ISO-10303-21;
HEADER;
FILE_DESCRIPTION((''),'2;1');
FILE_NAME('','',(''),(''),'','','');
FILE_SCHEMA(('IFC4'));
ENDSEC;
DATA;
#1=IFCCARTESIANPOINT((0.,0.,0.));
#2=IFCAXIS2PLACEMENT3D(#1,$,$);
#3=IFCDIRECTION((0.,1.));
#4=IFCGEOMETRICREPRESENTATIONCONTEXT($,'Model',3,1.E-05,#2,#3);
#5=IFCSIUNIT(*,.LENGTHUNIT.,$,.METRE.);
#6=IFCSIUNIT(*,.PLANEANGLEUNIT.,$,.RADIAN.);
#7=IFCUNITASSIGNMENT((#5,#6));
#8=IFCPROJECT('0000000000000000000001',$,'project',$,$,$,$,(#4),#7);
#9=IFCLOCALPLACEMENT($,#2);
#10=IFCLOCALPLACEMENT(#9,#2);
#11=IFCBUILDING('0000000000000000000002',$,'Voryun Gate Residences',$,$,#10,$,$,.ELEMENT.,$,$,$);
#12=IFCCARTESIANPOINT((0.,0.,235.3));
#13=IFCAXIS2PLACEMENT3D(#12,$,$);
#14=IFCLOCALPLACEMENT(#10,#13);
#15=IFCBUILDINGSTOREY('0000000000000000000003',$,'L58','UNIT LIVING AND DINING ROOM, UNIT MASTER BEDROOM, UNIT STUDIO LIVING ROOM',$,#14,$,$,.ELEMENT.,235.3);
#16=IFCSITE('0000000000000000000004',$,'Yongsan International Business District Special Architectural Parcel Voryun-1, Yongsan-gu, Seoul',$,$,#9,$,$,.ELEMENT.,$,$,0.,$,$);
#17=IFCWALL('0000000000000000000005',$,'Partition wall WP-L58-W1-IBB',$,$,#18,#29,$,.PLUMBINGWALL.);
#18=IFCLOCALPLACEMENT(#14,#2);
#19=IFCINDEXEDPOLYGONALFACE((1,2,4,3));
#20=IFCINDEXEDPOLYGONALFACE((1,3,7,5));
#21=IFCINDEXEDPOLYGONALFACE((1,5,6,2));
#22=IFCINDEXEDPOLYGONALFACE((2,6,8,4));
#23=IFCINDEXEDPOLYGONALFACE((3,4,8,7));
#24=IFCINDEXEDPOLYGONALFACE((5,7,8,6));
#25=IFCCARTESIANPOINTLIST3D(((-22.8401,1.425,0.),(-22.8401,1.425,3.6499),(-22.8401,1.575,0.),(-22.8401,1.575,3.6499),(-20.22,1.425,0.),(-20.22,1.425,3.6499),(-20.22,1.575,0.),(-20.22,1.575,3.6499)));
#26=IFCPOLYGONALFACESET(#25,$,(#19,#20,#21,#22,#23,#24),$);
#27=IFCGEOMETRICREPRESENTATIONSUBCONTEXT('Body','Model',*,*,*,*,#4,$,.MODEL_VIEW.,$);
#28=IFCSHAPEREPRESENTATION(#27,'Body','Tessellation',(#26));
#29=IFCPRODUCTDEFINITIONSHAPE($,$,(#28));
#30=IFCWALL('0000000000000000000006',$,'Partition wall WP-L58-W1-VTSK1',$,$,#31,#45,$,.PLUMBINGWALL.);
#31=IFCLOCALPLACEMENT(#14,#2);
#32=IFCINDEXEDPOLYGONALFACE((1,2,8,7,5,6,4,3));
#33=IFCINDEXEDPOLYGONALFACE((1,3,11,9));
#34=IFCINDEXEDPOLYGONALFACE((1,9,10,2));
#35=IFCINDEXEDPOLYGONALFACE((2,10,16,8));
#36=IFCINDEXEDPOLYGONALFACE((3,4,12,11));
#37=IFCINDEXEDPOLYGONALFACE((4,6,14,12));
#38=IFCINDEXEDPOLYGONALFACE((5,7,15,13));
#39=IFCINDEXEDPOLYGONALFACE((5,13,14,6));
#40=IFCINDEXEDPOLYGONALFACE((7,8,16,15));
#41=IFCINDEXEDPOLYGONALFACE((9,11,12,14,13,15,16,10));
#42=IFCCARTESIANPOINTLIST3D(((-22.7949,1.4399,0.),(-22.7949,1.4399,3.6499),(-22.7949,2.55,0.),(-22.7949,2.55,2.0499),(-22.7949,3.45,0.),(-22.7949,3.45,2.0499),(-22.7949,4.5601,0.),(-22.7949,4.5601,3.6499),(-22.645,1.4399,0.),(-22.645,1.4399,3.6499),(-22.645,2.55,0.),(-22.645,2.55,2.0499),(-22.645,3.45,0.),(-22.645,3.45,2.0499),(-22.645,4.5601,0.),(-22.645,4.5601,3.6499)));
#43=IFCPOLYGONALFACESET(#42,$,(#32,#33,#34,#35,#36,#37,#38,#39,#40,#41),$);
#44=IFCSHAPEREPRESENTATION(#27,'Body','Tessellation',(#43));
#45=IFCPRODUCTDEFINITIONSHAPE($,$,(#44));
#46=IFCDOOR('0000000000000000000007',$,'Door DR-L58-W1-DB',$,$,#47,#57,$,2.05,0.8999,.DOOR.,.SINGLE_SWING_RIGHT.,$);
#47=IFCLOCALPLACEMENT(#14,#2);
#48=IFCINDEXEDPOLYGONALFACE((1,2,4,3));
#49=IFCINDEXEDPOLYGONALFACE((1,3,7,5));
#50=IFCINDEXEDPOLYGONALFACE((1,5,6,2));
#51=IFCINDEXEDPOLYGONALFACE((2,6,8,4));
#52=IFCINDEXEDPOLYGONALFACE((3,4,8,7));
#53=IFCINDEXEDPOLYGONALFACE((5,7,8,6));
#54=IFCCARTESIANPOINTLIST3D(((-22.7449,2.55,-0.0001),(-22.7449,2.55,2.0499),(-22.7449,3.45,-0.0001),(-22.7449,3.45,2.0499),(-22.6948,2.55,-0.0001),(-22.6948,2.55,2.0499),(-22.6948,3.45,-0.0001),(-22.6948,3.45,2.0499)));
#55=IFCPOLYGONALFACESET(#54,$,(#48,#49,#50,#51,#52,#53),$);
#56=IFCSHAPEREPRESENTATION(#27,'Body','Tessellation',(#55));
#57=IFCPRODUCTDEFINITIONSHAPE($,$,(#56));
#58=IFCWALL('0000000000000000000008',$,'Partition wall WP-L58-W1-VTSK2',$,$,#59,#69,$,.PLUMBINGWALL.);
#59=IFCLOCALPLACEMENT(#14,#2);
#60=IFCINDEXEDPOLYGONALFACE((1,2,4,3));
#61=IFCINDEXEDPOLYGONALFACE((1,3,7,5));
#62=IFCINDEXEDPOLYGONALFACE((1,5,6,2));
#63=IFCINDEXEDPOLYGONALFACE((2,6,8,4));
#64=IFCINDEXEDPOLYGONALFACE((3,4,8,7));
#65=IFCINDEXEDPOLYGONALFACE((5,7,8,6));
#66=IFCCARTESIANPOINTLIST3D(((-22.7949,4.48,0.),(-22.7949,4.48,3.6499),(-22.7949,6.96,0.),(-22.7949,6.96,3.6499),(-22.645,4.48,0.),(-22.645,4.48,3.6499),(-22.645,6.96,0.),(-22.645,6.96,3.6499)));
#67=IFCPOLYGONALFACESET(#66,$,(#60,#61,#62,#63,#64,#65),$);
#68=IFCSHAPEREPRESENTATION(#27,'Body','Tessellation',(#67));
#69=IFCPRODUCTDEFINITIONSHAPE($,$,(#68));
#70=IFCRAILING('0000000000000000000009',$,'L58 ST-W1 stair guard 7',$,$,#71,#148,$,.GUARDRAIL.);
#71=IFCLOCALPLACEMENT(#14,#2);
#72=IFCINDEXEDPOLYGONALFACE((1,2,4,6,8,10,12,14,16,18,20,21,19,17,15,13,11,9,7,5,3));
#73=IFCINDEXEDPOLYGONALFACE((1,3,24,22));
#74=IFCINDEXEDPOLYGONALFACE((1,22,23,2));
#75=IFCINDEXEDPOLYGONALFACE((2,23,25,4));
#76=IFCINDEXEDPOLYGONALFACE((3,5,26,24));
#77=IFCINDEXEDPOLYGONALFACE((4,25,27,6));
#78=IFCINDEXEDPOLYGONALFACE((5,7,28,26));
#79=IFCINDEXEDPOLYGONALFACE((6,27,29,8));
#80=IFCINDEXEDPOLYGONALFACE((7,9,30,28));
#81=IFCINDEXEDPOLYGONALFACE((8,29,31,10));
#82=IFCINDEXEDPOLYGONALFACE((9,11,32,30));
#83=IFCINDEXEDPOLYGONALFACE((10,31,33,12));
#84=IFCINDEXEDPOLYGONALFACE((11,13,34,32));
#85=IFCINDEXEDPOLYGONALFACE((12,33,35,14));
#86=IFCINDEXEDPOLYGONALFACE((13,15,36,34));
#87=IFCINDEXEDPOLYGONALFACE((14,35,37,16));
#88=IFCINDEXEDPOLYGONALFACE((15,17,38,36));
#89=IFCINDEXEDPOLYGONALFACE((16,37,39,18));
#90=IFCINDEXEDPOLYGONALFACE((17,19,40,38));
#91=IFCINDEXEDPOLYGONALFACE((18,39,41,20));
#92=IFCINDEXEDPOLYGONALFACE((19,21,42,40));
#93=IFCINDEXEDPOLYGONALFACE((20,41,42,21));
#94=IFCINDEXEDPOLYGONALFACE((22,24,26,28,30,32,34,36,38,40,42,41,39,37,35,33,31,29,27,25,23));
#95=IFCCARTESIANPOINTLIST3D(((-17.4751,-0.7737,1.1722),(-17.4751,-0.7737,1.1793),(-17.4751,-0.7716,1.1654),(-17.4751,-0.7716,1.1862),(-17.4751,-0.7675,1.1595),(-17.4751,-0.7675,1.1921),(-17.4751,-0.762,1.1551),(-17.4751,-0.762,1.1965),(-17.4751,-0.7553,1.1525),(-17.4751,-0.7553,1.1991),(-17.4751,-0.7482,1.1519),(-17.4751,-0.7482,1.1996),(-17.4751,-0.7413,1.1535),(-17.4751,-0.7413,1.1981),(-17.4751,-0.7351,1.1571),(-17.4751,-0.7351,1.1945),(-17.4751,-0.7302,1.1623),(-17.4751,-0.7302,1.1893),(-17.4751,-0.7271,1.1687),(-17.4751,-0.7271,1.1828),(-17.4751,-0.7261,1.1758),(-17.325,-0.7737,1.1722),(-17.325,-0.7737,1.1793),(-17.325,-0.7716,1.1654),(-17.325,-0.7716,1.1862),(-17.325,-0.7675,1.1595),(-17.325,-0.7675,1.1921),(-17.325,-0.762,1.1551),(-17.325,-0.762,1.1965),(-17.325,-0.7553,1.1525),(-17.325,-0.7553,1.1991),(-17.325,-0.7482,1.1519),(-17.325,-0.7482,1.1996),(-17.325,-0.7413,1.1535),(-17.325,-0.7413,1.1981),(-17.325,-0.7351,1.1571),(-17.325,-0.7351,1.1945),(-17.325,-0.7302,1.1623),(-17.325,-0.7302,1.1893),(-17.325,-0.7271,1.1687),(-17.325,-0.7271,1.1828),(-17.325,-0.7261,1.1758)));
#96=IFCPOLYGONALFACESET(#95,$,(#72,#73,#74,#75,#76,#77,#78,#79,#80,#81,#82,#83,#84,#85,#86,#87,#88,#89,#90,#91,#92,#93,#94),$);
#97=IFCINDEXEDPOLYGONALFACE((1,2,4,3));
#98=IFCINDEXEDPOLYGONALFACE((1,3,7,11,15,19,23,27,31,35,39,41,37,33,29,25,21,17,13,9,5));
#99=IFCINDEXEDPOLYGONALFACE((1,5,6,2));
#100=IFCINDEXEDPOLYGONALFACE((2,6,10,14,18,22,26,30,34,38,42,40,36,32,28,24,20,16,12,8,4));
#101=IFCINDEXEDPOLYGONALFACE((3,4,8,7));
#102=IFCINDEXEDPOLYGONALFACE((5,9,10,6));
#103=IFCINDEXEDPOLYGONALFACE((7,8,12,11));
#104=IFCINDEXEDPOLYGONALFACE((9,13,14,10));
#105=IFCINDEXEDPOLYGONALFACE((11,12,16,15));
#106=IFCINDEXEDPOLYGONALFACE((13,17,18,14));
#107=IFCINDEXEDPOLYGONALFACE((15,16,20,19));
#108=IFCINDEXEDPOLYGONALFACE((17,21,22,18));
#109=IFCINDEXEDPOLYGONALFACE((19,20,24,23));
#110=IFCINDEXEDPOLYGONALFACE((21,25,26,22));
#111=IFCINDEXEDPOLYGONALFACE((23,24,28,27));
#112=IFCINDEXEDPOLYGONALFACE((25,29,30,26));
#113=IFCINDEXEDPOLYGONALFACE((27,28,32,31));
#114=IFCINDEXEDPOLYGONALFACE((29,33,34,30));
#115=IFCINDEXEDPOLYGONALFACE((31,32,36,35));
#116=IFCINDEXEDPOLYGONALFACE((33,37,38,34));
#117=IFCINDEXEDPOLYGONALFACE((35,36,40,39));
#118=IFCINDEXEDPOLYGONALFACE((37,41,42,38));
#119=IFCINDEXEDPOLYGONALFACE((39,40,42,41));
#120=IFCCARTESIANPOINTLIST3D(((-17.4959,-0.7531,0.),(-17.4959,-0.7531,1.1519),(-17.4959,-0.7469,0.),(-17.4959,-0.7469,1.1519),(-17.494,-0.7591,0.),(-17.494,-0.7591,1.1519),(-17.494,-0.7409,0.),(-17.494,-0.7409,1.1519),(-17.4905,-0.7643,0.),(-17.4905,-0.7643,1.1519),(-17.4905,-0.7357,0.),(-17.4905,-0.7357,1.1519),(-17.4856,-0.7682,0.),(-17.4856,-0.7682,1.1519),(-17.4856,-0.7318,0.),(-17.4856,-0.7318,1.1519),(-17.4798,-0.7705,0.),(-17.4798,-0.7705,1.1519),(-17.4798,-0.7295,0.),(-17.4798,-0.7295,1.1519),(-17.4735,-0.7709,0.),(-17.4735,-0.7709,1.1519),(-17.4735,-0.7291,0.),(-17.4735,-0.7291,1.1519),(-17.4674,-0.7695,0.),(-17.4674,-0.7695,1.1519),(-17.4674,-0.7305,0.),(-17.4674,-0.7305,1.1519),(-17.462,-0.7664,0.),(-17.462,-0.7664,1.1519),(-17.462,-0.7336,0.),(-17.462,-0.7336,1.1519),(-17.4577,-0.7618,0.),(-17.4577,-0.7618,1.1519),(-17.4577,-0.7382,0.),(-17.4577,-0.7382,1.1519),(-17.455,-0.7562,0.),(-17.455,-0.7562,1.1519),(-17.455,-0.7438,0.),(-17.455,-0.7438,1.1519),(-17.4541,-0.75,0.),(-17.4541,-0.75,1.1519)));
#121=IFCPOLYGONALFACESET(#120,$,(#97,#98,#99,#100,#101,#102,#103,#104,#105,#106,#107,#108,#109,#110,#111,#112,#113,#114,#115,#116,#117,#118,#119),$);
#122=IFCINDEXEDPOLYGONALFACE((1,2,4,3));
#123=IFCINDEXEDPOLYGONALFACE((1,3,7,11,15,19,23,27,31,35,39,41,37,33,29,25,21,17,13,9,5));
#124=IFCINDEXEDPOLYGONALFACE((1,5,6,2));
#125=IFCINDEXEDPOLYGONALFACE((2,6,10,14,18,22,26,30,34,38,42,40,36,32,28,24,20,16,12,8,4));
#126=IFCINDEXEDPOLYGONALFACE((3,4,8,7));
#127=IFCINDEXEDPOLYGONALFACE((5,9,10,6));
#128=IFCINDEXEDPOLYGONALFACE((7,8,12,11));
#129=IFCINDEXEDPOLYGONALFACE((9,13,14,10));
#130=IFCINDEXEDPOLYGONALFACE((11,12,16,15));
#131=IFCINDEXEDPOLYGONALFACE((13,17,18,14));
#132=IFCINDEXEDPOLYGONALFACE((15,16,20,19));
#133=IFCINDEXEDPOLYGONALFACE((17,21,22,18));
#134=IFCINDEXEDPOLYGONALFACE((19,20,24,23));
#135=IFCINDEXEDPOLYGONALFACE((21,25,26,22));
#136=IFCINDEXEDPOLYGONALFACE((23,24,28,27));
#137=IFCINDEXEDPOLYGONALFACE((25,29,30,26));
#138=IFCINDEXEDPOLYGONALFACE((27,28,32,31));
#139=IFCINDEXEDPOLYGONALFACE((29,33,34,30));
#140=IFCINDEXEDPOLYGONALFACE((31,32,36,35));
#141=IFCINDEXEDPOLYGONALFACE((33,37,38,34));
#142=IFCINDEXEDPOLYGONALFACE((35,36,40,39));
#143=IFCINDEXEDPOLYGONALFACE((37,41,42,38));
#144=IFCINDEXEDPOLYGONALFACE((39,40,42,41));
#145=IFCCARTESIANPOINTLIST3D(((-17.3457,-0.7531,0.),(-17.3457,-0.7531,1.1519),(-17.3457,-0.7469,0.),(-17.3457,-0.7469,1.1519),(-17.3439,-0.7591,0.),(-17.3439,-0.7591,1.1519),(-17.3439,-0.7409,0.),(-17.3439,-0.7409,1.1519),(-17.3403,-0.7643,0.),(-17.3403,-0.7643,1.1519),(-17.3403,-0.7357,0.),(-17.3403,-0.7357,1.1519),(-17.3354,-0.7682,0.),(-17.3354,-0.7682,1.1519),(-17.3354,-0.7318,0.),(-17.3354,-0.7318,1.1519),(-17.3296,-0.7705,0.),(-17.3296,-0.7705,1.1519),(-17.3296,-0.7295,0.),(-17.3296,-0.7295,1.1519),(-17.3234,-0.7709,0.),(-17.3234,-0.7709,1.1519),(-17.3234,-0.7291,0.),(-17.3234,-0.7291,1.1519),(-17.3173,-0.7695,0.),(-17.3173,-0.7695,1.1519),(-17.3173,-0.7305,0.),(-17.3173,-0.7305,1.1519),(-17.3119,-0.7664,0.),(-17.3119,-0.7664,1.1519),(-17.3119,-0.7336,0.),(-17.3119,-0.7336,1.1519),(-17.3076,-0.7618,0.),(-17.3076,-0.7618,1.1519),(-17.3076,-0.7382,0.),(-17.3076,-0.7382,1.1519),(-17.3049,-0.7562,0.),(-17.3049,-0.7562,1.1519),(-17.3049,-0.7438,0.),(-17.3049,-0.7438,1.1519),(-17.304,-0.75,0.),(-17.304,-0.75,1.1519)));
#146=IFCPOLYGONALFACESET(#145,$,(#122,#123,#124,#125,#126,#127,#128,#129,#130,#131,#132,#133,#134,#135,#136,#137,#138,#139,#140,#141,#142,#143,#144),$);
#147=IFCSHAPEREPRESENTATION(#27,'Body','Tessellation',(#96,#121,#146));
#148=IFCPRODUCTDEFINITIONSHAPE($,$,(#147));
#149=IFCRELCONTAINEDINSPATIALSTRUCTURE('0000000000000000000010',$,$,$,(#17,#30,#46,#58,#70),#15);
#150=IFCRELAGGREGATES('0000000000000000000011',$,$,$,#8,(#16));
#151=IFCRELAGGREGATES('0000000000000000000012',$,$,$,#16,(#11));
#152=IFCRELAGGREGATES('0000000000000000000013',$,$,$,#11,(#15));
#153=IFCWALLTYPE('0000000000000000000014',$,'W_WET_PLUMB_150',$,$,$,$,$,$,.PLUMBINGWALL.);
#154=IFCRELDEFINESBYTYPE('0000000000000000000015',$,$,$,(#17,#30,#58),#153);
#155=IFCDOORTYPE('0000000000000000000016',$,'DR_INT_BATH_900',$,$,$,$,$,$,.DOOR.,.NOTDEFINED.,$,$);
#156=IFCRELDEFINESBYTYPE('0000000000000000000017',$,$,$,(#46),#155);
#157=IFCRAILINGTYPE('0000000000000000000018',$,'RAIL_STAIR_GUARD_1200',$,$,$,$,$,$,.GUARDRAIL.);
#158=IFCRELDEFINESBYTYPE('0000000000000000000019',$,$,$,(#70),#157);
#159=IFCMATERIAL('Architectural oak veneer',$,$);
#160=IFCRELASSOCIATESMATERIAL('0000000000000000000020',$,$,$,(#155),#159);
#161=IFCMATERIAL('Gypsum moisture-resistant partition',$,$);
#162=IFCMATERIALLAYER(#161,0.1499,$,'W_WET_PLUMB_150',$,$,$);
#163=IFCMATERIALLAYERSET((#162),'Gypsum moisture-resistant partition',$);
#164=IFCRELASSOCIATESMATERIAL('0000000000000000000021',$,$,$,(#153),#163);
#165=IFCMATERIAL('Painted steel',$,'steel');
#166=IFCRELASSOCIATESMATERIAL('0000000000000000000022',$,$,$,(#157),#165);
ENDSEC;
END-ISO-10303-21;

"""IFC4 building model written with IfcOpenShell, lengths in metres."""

from ifc_helpers import new_model, si_unit, direction, frame, frame_2d, origin, origin_2d, place, context, subcontext, project, spatial, rectangle, circle, extrude, material, layer, layer_set, type_object, element, fill, save


model = new_model("IFC4")

# Units and contexts
model_context = context("Model", 3, precision=1e-05, world=origin(), true_north=direction((0.0, 1.0)))
body_context = subcontext(model_context, "Body", "Model", "MODEL_VIEW")
ifc_project = project(units=[si_unit("LENGTHUNIT", "METRE"), si_unit("PLANEANGLEUNIT", "RADIAN")], contexts=[model_context])

# Site, building, storey
site_placement = place(None, origin())
site = spatial("IfcSite", under=ifc_project, at=site_placement, Name="Yongsan International Business District Special Architectural Parcel Voryun-1, Yongsan-gu, Seoul", CompositionType="ELEMENT", RefElevation=0.0)
building_placement = place(site_placement, origin())
building = spatial("IfcBuilding", under=site, at=building_placement, Name="Voryun Gate Residences", CompositionType="ELEMENT")
storey_placement = place(building_placement, frame((0.0, 0.0, 235.3)))
storey = spatial("IfcBuildingStorey", under=building, at=storey_placement, Name="L58", Description="UNIT LIVING AND DINING ROOM, UNIT MASTER BEDROOM, UNIT STUDIO LIVING ROOM", CompositionType="ELEMENT", Elevation=235.3)

# Shared definitions
ifc_material_1 = material(Name="Architectural oak veneer")
door_type_1 = type_object("IfcDoorType", Name="DR_INT_BATH_900", OperationType="NOTDEFINED", PredefinedType="DOOR", material=ifc_material_1)
ifc_material_2 = material(Name="Gypsum moisture-resistant partition")
ifc_layer_1 = layer(ifc_material_2, 0.1499, Name="W_WET_PLUMB_150")
ifc_layer_set_1 = layer_set([ifc_layer_1], Name="Gypsum moisture-resistant partition")
wall_type_1 = type_object("IfcWallType", Name="W_WET_PLUMB_150", PredefinedType="PLUMBINGWALL", material=ifc_layer_set_1)

# Wall
for number, where, z_axis, x_axis, name in (
    (1, (-22.8401, 1.5, 0.0), (0.0, 0.0, 1.0), (1.0, 0.0, 0.0), "Partition wall WP-L58-W1-IBB"),
):
    element("IfcWall", number, at=place(storey_placement, frame(where, z_axis=z_axis, x_axis=x_axis)), inside=storey, type_object=wall_type_1, Name=name, PredefinedType="PLUMBINGWALL", context=body_context, shape_type="SweptSolid", body=[
        extrude(rectangle(XDim=2.6201, YDim=0.1499, at=frame_2d((1.3101, 0.0))), origin(), (0.0, 0.0, 1.0), 3.6499),
    ])

# Wall, opening, door
wall_1_placement = place(storey_placement, frame((-22.72, 1.4399, 0.0), z_axis=(0.0, 0.0, 1.0), x_axis=(0.0, 1.0, 0.0)))
wall_1 = element("IfcWall", 2, at=wall_1_placement, inside=storey, type_object=wall_type_1, Name="Partition wall WP-L58-W1-VTSK1", PredefinedType="PLUMBINGWALL", context=body_context, shape_type="SweptSolid", body=[
    extrude(rectangle(XDim=3.1201, YDim=0.1499, at=frame_2d((1.5601, 0.0))), origin(), (0.0, 0.0, 1.0), 3.6499),
])
opening_1_placement = place(wall_1_placement, frame((1.1101, 0.0, 0.0)))
opening_1 = element("IfcOpeningElement", 3, at=opening_1_placement, cuts=wall_1, PredefinedType="OPENING", context=body_context, shape_type="SweptSolid", body=[
    extrude(rectangle(XDim=0.8999, YDim=2.05, at=frame_2d((0.45, 1.0249))), frame((0.0, 0.085, 0.0), z_axis=(0.0, -1.0, 0.0), x_axis=(1.0, 0.0, 0.0)), (0.0, 0.0, 1.0), 0.1699),
])
door_1_placement = place(opening_1_placement, origin())
door_1 = element("IfcDoor", 4, at=door_1_placement, inside=storey, type_object=door_type_1, Name="Door DR-L58-W1-DB", OperationType="SINGLE_SWING_RIGHT", OverallHeight=2.05, OverallWidth=0.8999, PredefinedType="DOOR", context=body_context, shape_type="SweptSolid", body=[
    extrude(rectangle(XDim=0.8999, YDim=2.05, at=frame_2d((0.45, 1.0249))), frame((0.0, 0.0249, 0.0), z_axis=(0.0, -1.0, 0.0), x_axis=(1.0, 0.0, 0.0)), (0.0, 0.0, 1.0), 0.05),
])
fill(opening_1, door_1)

# Wall
wall_2_placement = place(storey_placement, frame((-22.72, 4.48, 0.0), z_axis=(0.0, 0.0, 1.0), x_axis=(0.0, 1.0, 0.0)))
element("IfcWall", 5, at=wall_2_placement, inside=storey, type_object=wall_type_1, Name="Partition wall WP-L58-W1-VTSK2", PredefinedType="PLUMBINGWALL", context=body_context, shape_type="SweptSolid", body=[
    extrude(rectangle(XDim=2.48, YDim=0.1499, at=frame_2d((1.24, 0.0))), origin(), (0.0, 0.0, 1.0), 3.6499),
])

# Railing
ifc_material_3 = material(Name="Painted steel", Category="steel")
railing_type = type_object("IfcRailingType", Name="RAIL_STAIR_GUARD_1200", PredefinedType="GUARDRAIL", material=ifc_material_3)
railing_1_placement = place(storey_placement, frame((-17.4751, -0.75, 0.0)))
element("IfcRailing", 6, at=railing_1_placement, inside=storey, type_object=railing_type, Name="L58 ST-W1 stair guard 7", PredefinedType="GUARDRAIL", context=body_context, shape_type="SweptSolid", body=[
    extrude(circle(Radius=0.0239, at=origin_2d()), frame((0.0, 0.0, 1.1758), z_axis=(1.0, 0.0, 0.0), x_axis=(0.0, 1.0, 0.0)), (0.0, 0.0, 1.0), 0.1501),
    extrude(circle(Radius=0.021, at=origin_2d()), origin(), (0.0, 0.0, 1.0), 1.1519),
    extrude(circle(Radius=0.021, at=origin_2d()), frame((0.1501, 0.0, 0.0)), (0.0, 0.0, 1.0), 1.1519),
])

save(model, "model.ifc")
